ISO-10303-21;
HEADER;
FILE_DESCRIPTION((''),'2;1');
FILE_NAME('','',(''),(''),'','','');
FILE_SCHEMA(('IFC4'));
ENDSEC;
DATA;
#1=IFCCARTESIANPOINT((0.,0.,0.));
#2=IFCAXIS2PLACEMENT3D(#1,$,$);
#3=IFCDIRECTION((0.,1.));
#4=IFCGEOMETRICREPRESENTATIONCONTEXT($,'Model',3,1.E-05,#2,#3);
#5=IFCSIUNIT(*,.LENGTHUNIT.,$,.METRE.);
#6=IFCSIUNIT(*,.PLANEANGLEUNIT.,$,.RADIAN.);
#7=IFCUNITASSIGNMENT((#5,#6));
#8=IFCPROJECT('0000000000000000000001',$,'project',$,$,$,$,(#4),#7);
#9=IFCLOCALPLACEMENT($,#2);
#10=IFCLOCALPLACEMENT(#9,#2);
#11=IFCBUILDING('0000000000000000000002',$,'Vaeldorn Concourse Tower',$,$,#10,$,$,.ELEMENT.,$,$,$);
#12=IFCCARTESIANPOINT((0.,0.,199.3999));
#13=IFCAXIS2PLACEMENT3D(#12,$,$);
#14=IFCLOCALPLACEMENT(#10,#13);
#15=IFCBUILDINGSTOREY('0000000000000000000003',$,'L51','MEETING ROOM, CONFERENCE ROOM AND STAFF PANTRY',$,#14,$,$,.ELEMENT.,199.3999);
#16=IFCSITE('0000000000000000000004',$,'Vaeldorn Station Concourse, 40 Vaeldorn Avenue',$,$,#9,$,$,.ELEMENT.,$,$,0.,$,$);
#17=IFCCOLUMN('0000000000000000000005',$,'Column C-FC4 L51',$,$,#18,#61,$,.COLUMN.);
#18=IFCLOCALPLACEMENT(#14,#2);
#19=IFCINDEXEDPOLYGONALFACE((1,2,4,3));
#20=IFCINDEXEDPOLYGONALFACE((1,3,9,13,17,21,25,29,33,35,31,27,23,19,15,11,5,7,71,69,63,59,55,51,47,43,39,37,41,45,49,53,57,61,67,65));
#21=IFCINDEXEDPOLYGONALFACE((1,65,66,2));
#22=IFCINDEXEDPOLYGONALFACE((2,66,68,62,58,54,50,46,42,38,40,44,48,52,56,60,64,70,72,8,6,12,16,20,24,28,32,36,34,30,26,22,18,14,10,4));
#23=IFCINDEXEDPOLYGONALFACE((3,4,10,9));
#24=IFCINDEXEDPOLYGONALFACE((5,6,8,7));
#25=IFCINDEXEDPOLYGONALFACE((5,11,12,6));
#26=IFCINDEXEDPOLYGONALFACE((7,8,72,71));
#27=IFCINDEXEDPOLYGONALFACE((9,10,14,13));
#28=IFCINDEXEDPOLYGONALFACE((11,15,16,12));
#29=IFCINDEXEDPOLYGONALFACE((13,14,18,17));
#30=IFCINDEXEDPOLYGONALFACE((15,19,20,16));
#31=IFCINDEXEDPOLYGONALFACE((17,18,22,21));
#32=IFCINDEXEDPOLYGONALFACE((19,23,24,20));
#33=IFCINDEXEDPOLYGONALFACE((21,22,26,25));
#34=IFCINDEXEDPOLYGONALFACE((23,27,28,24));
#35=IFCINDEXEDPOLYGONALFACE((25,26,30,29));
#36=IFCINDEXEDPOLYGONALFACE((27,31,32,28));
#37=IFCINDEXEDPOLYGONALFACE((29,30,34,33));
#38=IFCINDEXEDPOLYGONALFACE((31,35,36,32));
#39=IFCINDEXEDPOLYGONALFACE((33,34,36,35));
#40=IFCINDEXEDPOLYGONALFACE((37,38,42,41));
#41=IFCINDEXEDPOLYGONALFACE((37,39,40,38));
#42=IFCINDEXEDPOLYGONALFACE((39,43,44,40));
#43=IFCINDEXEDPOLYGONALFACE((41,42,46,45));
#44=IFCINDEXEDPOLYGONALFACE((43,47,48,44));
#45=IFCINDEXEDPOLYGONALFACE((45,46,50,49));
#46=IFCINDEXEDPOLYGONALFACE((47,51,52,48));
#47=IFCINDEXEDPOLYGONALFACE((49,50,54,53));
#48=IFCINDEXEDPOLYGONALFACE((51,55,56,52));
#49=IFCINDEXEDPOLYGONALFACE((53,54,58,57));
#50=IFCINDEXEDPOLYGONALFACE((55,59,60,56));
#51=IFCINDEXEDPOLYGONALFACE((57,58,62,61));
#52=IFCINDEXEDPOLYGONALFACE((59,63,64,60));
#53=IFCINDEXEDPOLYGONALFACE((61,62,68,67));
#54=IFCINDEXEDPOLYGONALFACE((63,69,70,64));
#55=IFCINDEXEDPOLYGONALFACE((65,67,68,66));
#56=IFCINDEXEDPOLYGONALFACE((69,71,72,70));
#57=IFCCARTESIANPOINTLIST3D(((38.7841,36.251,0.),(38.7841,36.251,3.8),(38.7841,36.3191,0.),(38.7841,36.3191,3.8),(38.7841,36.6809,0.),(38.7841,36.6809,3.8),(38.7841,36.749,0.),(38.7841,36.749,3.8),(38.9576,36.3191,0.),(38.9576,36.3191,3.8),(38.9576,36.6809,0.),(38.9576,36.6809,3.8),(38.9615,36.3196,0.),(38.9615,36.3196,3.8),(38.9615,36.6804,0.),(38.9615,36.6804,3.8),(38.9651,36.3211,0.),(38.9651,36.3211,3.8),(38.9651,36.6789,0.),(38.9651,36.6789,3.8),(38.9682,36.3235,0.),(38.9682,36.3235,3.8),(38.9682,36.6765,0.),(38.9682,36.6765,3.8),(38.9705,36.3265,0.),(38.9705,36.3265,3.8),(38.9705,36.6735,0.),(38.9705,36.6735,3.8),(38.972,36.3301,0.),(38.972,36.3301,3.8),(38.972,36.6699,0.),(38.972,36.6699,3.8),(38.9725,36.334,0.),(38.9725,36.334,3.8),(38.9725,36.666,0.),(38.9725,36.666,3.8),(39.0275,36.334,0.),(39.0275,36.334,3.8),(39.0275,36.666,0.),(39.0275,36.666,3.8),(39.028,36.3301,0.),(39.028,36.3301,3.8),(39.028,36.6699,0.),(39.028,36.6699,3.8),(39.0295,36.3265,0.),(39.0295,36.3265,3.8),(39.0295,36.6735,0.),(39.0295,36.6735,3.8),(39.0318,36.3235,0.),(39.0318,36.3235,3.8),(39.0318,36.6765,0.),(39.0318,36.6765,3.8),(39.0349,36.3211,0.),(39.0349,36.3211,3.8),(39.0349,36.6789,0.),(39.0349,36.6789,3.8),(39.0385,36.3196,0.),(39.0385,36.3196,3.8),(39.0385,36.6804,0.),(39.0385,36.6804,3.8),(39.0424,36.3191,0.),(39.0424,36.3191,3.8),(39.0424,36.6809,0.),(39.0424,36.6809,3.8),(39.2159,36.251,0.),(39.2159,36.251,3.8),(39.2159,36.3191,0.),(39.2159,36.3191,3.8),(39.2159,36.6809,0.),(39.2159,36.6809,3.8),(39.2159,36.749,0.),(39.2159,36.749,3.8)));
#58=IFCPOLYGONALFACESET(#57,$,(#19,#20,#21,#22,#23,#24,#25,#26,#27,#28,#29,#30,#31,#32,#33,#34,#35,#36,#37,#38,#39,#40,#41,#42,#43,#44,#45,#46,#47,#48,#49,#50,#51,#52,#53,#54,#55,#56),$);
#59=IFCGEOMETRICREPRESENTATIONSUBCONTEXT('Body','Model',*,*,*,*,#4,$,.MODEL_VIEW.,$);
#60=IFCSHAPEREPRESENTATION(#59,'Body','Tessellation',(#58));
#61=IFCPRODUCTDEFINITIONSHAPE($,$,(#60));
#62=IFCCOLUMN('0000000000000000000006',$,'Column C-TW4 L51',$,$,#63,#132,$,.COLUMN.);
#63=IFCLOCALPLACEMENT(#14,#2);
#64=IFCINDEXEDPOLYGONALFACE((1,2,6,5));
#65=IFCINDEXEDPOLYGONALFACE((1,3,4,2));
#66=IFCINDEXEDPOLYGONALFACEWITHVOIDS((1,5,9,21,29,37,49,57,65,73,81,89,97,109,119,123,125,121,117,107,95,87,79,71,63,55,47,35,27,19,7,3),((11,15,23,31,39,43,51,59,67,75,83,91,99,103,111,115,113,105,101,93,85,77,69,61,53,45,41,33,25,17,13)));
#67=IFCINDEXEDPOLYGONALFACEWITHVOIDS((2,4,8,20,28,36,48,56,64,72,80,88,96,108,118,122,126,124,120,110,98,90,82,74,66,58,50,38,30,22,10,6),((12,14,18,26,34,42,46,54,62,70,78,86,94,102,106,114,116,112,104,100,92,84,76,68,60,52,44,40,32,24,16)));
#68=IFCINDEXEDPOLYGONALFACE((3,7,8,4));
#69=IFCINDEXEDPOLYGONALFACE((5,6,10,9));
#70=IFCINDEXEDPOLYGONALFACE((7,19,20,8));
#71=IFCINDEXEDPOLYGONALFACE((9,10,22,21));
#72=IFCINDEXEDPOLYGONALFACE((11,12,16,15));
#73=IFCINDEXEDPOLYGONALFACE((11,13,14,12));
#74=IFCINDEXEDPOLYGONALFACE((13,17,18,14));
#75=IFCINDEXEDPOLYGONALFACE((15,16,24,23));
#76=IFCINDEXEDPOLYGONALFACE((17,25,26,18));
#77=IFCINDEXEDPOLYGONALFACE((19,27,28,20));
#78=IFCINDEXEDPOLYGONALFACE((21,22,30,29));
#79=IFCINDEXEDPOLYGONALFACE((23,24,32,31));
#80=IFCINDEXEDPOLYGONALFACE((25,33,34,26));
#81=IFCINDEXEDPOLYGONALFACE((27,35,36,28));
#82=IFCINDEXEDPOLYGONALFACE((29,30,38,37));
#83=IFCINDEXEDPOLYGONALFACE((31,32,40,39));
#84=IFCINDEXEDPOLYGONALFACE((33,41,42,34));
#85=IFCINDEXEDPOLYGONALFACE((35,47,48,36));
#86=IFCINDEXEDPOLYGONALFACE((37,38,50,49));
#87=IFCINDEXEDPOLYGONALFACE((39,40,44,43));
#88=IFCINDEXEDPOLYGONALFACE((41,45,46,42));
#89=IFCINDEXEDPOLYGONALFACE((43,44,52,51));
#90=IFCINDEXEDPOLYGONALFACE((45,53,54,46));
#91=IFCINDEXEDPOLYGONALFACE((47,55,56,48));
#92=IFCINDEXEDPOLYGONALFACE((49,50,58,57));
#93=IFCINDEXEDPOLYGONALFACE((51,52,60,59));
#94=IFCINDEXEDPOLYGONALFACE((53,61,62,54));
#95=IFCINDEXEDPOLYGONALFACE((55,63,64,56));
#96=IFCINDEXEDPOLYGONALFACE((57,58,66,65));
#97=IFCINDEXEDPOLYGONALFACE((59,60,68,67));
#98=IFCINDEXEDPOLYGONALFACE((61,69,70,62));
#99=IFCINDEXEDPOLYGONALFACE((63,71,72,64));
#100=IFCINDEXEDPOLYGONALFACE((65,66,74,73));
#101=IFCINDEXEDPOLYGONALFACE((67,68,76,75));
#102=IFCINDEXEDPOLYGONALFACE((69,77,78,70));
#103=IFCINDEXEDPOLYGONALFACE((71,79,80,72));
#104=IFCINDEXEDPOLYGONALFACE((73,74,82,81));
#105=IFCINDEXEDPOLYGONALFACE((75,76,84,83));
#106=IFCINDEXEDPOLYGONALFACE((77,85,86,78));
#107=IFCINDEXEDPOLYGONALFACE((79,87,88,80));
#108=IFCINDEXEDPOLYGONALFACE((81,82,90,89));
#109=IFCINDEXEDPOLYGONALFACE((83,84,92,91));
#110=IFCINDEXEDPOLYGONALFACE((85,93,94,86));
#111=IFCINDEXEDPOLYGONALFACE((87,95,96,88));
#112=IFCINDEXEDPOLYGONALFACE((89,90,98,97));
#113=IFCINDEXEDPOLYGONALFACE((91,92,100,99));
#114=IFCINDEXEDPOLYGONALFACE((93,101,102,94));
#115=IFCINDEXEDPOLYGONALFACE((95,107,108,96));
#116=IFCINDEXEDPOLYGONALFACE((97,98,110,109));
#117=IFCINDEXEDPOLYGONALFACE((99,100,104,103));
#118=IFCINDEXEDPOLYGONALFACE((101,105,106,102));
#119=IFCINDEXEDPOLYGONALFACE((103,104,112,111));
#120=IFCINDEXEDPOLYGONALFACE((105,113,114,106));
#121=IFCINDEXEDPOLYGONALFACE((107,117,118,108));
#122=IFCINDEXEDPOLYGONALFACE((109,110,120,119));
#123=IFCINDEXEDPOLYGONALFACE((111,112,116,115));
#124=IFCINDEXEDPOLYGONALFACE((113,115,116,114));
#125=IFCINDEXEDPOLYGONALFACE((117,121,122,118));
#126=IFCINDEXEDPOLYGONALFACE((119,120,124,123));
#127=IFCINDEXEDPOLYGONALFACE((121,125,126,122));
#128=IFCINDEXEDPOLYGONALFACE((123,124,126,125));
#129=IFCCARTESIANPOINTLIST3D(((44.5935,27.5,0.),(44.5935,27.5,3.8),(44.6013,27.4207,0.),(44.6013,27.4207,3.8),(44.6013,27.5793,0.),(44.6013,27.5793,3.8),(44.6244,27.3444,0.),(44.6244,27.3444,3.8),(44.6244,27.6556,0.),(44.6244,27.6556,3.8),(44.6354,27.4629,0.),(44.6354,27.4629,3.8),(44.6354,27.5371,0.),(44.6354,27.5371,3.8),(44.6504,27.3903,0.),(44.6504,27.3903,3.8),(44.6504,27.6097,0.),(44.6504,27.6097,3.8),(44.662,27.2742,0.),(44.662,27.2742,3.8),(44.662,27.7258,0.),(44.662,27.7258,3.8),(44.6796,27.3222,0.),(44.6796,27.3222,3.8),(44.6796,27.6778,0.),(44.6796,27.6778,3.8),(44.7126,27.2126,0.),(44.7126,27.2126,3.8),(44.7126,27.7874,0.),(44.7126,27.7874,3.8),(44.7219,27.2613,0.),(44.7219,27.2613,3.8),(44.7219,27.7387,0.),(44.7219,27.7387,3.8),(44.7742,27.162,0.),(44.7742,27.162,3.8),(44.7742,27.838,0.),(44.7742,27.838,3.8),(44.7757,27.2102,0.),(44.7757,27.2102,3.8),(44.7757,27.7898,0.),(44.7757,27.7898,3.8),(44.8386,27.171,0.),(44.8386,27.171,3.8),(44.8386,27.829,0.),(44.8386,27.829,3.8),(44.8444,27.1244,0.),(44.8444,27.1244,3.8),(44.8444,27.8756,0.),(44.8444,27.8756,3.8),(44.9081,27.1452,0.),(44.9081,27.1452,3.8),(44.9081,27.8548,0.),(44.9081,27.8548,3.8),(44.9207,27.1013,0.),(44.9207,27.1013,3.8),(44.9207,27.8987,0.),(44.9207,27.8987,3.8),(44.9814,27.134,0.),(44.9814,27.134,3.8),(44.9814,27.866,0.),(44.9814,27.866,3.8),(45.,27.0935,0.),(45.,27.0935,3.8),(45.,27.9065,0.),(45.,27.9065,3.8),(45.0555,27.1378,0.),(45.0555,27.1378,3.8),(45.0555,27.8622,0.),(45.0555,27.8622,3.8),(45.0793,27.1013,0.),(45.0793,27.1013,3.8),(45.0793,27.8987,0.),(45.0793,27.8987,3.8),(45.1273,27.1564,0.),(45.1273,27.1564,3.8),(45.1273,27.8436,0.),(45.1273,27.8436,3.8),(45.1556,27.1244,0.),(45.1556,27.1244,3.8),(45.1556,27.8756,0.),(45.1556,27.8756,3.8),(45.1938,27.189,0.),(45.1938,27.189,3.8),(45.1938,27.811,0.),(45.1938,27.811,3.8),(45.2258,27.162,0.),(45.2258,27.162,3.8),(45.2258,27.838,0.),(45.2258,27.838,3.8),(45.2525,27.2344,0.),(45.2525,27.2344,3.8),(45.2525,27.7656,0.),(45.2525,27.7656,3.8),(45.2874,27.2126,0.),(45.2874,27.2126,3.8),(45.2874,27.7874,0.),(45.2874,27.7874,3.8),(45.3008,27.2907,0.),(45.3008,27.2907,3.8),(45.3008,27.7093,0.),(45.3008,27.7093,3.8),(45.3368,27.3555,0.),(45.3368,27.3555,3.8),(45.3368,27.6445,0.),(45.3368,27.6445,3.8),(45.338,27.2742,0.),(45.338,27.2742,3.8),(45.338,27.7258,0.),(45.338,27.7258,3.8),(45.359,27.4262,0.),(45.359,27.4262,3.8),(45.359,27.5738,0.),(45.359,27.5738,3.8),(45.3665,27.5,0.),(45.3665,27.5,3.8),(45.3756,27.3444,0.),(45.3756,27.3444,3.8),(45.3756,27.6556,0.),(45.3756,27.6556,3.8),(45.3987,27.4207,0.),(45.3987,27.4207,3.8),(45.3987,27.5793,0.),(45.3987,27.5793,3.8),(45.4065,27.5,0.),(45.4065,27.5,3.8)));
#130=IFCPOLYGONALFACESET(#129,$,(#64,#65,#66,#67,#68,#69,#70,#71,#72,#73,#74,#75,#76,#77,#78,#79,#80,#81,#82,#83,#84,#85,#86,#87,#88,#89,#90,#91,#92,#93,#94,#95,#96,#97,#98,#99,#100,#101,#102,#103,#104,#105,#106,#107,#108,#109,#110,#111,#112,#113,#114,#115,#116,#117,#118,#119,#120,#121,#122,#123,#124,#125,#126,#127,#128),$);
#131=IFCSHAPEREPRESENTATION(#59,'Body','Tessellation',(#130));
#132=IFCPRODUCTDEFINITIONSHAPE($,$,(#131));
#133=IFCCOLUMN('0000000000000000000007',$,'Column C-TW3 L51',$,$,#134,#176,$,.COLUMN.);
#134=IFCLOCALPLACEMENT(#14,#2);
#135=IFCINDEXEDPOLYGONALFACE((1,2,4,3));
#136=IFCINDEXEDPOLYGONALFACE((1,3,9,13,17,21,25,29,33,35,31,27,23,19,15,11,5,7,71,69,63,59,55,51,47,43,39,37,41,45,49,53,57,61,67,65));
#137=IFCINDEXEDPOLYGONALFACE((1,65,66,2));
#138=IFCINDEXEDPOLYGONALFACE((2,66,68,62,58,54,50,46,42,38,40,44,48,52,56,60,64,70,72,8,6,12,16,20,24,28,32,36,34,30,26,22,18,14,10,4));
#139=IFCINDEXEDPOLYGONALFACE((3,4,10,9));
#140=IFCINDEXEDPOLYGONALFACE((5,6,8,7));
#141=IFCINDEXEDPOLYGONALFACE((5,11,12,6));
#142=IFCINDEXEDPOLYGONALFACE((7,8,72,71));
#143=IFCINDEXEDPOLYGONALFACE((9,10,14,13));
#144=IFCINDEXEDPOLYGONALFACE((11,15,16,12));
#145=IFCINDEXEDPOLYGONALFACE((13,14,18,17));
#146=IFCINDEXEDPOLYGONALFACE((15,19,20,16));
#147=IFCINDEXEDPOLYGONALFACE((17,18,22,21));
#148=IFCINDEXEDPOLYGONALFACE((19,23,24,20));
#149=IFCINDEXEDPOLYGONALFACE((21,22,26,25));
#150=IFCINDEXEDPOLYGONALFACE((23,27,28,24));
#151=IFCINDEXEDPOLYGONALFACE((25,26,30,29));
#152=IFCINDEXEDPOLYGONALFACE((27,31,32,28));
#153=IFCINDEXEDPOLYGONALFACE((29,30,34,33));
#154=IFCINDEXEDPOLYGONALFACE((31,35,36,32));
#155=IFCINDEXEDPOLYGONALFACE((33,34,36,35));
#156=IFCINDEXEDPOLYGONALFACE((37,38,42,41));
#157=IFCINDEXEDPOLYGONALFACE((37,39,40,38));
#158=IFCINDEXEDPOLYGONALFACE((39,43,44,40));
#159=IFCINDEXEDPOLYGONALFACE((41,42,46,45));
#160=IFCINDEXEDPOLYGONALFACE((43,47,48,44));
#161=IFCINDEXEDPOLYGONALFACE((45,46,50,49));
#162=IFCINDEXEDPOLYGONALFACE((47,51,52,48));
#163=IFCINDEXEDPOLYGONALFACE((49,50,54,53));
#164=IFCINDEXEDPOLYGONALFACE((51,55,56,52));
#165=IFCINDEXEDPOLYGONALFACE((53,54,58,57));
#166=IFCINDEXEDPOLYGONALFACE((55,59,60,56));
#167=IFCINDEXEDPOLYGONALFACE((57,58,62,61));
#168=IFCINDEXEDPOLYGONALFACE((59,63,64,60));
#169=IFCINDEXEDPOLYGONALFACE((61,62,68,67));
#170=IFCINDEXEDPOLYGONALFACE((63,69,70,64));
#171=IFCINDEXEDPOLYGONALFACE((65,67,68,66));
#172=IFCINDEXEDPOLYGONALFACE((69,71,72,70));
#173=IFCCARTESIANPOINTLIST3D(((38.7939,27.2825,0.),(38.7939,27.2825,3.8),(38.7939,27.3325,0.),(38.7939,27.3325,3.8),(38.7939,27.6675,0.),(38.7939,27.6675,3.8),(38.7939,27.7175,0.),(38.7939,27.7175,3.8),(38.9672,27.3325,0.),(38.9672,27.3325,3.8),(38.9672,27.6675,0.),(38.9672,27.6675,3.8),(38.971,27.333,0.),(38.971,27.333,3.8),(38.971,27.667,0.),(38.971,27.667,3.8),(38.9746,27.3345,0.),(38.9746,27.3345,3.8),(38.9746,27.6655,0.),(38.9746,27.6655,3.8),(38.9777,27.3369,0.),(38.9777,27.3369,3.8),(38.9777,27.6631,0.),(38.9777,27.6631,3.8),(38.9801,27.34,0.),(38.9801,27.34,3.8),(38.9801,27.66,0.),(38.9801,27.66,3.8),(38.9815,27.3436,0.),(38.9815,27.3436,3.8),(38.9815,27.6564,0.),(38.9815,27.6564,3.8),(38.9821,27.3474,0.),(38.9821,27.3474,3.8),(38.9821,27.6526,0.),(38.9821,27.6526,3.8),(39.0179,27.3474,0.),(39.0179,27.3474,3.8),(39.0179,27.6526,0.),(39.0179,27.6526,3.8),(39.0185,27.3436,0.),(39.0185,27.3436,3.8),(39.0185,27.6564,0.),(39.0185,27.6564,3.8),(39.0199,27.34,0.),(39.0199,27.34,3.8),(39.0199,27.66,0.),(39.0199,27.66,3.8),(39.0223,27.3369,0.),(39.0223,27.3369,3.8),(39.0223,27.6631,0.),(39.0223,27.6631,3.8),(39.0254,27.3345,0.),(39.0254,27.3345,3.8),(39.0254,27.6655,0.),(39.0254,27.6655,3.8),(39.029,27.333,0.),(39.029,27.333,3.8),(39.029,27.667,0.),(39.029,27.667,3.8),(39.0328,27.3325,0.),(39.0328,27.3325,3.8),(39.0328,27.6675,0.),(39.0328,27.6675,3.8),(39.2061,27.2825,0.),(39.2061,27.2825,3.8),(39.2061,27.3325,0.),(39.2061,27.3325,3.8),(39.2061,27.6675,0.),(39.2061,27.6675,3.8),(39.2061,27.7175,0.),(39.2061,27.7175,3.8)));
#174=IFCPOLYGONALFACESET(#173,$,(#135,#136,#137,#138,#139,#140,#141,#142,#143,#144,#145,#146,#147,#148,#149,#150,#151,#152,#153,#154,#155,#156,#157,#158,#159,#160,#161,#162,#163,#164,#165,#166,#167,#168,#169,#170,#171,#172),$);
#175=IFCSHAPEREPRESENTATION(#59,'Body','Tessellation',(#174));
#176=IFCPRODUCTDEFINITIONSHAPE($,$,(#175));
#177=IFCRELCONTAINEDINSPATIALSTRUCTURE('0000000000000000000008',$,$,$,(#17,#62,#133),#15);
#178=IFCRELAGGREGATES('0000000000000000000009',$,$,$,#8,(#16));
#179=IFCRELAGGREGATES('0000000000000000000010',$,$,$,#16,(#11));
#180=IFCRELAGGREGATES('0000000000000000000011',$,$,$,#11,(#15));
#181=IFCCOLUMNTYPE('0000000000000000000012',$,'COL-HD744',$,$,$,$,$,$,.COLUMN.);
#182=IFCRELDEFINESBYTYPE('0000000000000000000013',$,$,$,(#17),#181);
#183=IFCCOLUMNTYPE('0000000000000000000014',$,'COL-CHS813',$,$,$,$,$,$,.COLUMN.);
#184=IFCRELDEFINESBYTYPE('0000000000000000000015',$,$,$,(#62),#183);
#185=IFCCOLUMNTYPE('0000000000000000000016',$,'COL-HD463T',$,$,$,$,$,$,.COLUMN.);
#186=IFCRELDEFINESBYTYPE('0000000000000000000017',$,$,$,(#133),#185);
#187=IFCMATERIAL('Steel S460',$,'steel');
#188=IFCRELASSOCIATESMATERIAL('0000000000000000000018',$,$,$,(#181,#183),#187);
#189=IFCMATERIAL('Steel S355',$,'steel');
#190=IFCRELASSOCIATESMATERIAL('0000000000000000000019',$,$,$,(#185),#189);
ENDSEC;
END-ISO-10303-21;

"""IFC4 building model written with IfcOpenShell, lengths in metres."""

from ifc_helpers import new_model, si_unit, direction, frame, origin, origin_2d, place, context, subcontext, project, spatial, hollow_circle, i_section, extrude, source, transform, mapped, material, material_profile, profile_set, type_object, element, save


model = new_model("IFC4")

# Units and contexts
model_context = context("Model", 3, precision=1e-05, world=origin(), true_north=direction((0.0, 1.0)))
body_context = subcontext(model_context, "Body", "Model", "MODEL_VIEW")
ifc_project = project(units=[si_unit("LENGTHUNIT", "METRE"), si_unit("PLANEANGLEUNIT", "RADIAN")], contexts=[model_context])

# Site, building, storey
site_placement = place(None, origin())
site = spatial("IfcSite", under=ifc_project, at=site_placement, Name="Vaeldorn Station Concourse, 40 Vaeldorn Avenue", CompositionType="ELEMENT", RefElevation=0.0)
building_placement = place(site_placement, origin())
building = spatial("IfcBuilding", under=site, at=building_placement, Name="Vaeldorn Concourse Tower", CompositionType="ELEMENT")
storey_placement = place(building_placement, frame((0.0, 0.0, 199.3999)))
storey = spatial("IfcBuildingStorey", under=building, at=storey_placement, Name="L51", Description="MEETING ROOM, CONFERENCE ROOM AND STAFF PANTRY", CompositionType="ELEMENT", Elevation=199.3999)

# Columns
ifc_material_1 = material(Name="Steel S460", Category="steel")
ifc_material_profile_1 = material_profile(ifc_material_1, i_section(OverallWidth=0.4319, OverallDepth=0.498, WebThickness=0.0549, FlangeThickness=0.0681, FilletRadius=0.0149, at=origin_2d()), Name="HD 400x744")
ifc_profile_set_1 = profile_set([ifc_material_profile_1], Name="Steel S460")
column_type_1 = type_object("IfcColumnType", Name="COL-HD744", PredefinedType="COLUMN", material=ifc_profile_set_1)
shared_shape_1 = source(origin(), body_context, "Body", "SweptSolid", [
    extrude(i_section(OverallWidth=0.4319, OverallDepth=0.498, WebThickness=0.0549, FlangeThickness=0.0681, FilletRadius=0.0149, at=origin_2d()), origin(), (0.0, 0.0, 1.0), 3.8),
])
column_1_placement = place(storey_placement, frame((39.0, 36.5, 0.0), z_axis=(0.0, 0.0, 1.0), x_axis=(1.0, 0.0, 0.0)))
element("IfcColumn", 1, at=column_1_placement, inside=storey, type_object=column_type_1, Name="Column C-FC4 L51", PredefinedType="COLUMN", context=body_context, shape_type="MappedRepresentation", body=[
    mapped(shared_shape_1, transform((0.0, 0.0, 0.0), scale=1.0)),
])
ifc_material_profile_2 = material_profile(ifc_material_1, hollow_circle(Radius=0.4065, WallThickness=0.04, at=origin_2d()), Name="CHS 813x40")
ifc_profile_set_2 = profile_set([ifc_material_profile_2], Name="Steel S460")
column_type_2 = type_object("IfcColumnType", Name="COL-CHS813", PredefinedType="COLUMN", material=ifc_profile_set_2)
shared_shape_2 = source(origin(), body_context, "Body", "SweptSolid", [
    extrude(hollow_circle(Radius=0.4065, WallThickness=0.04, at=origin_2d()), origin(), (0.0, 0.0, 1.0), 3.8),
])
column_2_placement = place(storey_placement, frame((45.0, 27.5, 0.0), z_axis=(0.0, 0.0, 1.0), x_axis=(1.0, 0.0, 0.0)))
element("IfcColumn", 2, at=column_2_placement, inside=storey, type_object=column_type_2, Name="Column C-TW4 L51", PredefinedType="COLUMN", context=body_context, shape_type="MappedRepresentation", body=[
    mapped(shared_shape_2, transform((0.0, 0.0, 0.0), scale=1.0)),
])
ifc_material_2 = material(Name="Steel S355", Category="steel")
ifc_material_profile_3 = material_profile(ifc_material_2, i_section(OverallWidth=0.4121, OverallDepth=0.4351, WebThickness=0.0359, FlangeThickness=0.05, FilletRadius=0.0149, at=origin_2d()), Name="HD 400x463")
ifc_profile_set_3 = profile_set([ifc_material_profile_3], Name="Steel S355")
column_type_3 = type_object("IfcColumnType", Name="COL-HD463T", PredefinedType="COLUMN", material=ifc_profile_set_3)
shared_shape_3 = source(origin(), body_context, "Body", "SweptSolid", [
    extrude(i_section(OverallWidth=0.4121, OverallDepth=0.4351, WebThickness=0.0359, FlangeThickness=0.05, FilletRadius=0.0149, at=origin_2d()), origin(), (0.0, 0.0, 1.0), 3.8),
])
for number, where, z_axis, x_axis, name in (
    (3, (39.0, 27.5, 0.0), (0.0, 0.0, 1.0), (1.0, 0.0, 0.0), "Column C-TW3 L51"),
):
    element("IfcColumn", number, at=place(storey_placement, frame(where, z_axis=z_axis, x_axis=x_axis)), inside=storey, type_object=column_type_3, Name=name, PredefinedType="COLUMN", context=body_context, shape_type="MappedRepresentation", body=[
        mapped(shared_shape_3, transform((0.0, 0.0, 0.0), scale=1.0)),
    ])

save(model, "model.ifc")
